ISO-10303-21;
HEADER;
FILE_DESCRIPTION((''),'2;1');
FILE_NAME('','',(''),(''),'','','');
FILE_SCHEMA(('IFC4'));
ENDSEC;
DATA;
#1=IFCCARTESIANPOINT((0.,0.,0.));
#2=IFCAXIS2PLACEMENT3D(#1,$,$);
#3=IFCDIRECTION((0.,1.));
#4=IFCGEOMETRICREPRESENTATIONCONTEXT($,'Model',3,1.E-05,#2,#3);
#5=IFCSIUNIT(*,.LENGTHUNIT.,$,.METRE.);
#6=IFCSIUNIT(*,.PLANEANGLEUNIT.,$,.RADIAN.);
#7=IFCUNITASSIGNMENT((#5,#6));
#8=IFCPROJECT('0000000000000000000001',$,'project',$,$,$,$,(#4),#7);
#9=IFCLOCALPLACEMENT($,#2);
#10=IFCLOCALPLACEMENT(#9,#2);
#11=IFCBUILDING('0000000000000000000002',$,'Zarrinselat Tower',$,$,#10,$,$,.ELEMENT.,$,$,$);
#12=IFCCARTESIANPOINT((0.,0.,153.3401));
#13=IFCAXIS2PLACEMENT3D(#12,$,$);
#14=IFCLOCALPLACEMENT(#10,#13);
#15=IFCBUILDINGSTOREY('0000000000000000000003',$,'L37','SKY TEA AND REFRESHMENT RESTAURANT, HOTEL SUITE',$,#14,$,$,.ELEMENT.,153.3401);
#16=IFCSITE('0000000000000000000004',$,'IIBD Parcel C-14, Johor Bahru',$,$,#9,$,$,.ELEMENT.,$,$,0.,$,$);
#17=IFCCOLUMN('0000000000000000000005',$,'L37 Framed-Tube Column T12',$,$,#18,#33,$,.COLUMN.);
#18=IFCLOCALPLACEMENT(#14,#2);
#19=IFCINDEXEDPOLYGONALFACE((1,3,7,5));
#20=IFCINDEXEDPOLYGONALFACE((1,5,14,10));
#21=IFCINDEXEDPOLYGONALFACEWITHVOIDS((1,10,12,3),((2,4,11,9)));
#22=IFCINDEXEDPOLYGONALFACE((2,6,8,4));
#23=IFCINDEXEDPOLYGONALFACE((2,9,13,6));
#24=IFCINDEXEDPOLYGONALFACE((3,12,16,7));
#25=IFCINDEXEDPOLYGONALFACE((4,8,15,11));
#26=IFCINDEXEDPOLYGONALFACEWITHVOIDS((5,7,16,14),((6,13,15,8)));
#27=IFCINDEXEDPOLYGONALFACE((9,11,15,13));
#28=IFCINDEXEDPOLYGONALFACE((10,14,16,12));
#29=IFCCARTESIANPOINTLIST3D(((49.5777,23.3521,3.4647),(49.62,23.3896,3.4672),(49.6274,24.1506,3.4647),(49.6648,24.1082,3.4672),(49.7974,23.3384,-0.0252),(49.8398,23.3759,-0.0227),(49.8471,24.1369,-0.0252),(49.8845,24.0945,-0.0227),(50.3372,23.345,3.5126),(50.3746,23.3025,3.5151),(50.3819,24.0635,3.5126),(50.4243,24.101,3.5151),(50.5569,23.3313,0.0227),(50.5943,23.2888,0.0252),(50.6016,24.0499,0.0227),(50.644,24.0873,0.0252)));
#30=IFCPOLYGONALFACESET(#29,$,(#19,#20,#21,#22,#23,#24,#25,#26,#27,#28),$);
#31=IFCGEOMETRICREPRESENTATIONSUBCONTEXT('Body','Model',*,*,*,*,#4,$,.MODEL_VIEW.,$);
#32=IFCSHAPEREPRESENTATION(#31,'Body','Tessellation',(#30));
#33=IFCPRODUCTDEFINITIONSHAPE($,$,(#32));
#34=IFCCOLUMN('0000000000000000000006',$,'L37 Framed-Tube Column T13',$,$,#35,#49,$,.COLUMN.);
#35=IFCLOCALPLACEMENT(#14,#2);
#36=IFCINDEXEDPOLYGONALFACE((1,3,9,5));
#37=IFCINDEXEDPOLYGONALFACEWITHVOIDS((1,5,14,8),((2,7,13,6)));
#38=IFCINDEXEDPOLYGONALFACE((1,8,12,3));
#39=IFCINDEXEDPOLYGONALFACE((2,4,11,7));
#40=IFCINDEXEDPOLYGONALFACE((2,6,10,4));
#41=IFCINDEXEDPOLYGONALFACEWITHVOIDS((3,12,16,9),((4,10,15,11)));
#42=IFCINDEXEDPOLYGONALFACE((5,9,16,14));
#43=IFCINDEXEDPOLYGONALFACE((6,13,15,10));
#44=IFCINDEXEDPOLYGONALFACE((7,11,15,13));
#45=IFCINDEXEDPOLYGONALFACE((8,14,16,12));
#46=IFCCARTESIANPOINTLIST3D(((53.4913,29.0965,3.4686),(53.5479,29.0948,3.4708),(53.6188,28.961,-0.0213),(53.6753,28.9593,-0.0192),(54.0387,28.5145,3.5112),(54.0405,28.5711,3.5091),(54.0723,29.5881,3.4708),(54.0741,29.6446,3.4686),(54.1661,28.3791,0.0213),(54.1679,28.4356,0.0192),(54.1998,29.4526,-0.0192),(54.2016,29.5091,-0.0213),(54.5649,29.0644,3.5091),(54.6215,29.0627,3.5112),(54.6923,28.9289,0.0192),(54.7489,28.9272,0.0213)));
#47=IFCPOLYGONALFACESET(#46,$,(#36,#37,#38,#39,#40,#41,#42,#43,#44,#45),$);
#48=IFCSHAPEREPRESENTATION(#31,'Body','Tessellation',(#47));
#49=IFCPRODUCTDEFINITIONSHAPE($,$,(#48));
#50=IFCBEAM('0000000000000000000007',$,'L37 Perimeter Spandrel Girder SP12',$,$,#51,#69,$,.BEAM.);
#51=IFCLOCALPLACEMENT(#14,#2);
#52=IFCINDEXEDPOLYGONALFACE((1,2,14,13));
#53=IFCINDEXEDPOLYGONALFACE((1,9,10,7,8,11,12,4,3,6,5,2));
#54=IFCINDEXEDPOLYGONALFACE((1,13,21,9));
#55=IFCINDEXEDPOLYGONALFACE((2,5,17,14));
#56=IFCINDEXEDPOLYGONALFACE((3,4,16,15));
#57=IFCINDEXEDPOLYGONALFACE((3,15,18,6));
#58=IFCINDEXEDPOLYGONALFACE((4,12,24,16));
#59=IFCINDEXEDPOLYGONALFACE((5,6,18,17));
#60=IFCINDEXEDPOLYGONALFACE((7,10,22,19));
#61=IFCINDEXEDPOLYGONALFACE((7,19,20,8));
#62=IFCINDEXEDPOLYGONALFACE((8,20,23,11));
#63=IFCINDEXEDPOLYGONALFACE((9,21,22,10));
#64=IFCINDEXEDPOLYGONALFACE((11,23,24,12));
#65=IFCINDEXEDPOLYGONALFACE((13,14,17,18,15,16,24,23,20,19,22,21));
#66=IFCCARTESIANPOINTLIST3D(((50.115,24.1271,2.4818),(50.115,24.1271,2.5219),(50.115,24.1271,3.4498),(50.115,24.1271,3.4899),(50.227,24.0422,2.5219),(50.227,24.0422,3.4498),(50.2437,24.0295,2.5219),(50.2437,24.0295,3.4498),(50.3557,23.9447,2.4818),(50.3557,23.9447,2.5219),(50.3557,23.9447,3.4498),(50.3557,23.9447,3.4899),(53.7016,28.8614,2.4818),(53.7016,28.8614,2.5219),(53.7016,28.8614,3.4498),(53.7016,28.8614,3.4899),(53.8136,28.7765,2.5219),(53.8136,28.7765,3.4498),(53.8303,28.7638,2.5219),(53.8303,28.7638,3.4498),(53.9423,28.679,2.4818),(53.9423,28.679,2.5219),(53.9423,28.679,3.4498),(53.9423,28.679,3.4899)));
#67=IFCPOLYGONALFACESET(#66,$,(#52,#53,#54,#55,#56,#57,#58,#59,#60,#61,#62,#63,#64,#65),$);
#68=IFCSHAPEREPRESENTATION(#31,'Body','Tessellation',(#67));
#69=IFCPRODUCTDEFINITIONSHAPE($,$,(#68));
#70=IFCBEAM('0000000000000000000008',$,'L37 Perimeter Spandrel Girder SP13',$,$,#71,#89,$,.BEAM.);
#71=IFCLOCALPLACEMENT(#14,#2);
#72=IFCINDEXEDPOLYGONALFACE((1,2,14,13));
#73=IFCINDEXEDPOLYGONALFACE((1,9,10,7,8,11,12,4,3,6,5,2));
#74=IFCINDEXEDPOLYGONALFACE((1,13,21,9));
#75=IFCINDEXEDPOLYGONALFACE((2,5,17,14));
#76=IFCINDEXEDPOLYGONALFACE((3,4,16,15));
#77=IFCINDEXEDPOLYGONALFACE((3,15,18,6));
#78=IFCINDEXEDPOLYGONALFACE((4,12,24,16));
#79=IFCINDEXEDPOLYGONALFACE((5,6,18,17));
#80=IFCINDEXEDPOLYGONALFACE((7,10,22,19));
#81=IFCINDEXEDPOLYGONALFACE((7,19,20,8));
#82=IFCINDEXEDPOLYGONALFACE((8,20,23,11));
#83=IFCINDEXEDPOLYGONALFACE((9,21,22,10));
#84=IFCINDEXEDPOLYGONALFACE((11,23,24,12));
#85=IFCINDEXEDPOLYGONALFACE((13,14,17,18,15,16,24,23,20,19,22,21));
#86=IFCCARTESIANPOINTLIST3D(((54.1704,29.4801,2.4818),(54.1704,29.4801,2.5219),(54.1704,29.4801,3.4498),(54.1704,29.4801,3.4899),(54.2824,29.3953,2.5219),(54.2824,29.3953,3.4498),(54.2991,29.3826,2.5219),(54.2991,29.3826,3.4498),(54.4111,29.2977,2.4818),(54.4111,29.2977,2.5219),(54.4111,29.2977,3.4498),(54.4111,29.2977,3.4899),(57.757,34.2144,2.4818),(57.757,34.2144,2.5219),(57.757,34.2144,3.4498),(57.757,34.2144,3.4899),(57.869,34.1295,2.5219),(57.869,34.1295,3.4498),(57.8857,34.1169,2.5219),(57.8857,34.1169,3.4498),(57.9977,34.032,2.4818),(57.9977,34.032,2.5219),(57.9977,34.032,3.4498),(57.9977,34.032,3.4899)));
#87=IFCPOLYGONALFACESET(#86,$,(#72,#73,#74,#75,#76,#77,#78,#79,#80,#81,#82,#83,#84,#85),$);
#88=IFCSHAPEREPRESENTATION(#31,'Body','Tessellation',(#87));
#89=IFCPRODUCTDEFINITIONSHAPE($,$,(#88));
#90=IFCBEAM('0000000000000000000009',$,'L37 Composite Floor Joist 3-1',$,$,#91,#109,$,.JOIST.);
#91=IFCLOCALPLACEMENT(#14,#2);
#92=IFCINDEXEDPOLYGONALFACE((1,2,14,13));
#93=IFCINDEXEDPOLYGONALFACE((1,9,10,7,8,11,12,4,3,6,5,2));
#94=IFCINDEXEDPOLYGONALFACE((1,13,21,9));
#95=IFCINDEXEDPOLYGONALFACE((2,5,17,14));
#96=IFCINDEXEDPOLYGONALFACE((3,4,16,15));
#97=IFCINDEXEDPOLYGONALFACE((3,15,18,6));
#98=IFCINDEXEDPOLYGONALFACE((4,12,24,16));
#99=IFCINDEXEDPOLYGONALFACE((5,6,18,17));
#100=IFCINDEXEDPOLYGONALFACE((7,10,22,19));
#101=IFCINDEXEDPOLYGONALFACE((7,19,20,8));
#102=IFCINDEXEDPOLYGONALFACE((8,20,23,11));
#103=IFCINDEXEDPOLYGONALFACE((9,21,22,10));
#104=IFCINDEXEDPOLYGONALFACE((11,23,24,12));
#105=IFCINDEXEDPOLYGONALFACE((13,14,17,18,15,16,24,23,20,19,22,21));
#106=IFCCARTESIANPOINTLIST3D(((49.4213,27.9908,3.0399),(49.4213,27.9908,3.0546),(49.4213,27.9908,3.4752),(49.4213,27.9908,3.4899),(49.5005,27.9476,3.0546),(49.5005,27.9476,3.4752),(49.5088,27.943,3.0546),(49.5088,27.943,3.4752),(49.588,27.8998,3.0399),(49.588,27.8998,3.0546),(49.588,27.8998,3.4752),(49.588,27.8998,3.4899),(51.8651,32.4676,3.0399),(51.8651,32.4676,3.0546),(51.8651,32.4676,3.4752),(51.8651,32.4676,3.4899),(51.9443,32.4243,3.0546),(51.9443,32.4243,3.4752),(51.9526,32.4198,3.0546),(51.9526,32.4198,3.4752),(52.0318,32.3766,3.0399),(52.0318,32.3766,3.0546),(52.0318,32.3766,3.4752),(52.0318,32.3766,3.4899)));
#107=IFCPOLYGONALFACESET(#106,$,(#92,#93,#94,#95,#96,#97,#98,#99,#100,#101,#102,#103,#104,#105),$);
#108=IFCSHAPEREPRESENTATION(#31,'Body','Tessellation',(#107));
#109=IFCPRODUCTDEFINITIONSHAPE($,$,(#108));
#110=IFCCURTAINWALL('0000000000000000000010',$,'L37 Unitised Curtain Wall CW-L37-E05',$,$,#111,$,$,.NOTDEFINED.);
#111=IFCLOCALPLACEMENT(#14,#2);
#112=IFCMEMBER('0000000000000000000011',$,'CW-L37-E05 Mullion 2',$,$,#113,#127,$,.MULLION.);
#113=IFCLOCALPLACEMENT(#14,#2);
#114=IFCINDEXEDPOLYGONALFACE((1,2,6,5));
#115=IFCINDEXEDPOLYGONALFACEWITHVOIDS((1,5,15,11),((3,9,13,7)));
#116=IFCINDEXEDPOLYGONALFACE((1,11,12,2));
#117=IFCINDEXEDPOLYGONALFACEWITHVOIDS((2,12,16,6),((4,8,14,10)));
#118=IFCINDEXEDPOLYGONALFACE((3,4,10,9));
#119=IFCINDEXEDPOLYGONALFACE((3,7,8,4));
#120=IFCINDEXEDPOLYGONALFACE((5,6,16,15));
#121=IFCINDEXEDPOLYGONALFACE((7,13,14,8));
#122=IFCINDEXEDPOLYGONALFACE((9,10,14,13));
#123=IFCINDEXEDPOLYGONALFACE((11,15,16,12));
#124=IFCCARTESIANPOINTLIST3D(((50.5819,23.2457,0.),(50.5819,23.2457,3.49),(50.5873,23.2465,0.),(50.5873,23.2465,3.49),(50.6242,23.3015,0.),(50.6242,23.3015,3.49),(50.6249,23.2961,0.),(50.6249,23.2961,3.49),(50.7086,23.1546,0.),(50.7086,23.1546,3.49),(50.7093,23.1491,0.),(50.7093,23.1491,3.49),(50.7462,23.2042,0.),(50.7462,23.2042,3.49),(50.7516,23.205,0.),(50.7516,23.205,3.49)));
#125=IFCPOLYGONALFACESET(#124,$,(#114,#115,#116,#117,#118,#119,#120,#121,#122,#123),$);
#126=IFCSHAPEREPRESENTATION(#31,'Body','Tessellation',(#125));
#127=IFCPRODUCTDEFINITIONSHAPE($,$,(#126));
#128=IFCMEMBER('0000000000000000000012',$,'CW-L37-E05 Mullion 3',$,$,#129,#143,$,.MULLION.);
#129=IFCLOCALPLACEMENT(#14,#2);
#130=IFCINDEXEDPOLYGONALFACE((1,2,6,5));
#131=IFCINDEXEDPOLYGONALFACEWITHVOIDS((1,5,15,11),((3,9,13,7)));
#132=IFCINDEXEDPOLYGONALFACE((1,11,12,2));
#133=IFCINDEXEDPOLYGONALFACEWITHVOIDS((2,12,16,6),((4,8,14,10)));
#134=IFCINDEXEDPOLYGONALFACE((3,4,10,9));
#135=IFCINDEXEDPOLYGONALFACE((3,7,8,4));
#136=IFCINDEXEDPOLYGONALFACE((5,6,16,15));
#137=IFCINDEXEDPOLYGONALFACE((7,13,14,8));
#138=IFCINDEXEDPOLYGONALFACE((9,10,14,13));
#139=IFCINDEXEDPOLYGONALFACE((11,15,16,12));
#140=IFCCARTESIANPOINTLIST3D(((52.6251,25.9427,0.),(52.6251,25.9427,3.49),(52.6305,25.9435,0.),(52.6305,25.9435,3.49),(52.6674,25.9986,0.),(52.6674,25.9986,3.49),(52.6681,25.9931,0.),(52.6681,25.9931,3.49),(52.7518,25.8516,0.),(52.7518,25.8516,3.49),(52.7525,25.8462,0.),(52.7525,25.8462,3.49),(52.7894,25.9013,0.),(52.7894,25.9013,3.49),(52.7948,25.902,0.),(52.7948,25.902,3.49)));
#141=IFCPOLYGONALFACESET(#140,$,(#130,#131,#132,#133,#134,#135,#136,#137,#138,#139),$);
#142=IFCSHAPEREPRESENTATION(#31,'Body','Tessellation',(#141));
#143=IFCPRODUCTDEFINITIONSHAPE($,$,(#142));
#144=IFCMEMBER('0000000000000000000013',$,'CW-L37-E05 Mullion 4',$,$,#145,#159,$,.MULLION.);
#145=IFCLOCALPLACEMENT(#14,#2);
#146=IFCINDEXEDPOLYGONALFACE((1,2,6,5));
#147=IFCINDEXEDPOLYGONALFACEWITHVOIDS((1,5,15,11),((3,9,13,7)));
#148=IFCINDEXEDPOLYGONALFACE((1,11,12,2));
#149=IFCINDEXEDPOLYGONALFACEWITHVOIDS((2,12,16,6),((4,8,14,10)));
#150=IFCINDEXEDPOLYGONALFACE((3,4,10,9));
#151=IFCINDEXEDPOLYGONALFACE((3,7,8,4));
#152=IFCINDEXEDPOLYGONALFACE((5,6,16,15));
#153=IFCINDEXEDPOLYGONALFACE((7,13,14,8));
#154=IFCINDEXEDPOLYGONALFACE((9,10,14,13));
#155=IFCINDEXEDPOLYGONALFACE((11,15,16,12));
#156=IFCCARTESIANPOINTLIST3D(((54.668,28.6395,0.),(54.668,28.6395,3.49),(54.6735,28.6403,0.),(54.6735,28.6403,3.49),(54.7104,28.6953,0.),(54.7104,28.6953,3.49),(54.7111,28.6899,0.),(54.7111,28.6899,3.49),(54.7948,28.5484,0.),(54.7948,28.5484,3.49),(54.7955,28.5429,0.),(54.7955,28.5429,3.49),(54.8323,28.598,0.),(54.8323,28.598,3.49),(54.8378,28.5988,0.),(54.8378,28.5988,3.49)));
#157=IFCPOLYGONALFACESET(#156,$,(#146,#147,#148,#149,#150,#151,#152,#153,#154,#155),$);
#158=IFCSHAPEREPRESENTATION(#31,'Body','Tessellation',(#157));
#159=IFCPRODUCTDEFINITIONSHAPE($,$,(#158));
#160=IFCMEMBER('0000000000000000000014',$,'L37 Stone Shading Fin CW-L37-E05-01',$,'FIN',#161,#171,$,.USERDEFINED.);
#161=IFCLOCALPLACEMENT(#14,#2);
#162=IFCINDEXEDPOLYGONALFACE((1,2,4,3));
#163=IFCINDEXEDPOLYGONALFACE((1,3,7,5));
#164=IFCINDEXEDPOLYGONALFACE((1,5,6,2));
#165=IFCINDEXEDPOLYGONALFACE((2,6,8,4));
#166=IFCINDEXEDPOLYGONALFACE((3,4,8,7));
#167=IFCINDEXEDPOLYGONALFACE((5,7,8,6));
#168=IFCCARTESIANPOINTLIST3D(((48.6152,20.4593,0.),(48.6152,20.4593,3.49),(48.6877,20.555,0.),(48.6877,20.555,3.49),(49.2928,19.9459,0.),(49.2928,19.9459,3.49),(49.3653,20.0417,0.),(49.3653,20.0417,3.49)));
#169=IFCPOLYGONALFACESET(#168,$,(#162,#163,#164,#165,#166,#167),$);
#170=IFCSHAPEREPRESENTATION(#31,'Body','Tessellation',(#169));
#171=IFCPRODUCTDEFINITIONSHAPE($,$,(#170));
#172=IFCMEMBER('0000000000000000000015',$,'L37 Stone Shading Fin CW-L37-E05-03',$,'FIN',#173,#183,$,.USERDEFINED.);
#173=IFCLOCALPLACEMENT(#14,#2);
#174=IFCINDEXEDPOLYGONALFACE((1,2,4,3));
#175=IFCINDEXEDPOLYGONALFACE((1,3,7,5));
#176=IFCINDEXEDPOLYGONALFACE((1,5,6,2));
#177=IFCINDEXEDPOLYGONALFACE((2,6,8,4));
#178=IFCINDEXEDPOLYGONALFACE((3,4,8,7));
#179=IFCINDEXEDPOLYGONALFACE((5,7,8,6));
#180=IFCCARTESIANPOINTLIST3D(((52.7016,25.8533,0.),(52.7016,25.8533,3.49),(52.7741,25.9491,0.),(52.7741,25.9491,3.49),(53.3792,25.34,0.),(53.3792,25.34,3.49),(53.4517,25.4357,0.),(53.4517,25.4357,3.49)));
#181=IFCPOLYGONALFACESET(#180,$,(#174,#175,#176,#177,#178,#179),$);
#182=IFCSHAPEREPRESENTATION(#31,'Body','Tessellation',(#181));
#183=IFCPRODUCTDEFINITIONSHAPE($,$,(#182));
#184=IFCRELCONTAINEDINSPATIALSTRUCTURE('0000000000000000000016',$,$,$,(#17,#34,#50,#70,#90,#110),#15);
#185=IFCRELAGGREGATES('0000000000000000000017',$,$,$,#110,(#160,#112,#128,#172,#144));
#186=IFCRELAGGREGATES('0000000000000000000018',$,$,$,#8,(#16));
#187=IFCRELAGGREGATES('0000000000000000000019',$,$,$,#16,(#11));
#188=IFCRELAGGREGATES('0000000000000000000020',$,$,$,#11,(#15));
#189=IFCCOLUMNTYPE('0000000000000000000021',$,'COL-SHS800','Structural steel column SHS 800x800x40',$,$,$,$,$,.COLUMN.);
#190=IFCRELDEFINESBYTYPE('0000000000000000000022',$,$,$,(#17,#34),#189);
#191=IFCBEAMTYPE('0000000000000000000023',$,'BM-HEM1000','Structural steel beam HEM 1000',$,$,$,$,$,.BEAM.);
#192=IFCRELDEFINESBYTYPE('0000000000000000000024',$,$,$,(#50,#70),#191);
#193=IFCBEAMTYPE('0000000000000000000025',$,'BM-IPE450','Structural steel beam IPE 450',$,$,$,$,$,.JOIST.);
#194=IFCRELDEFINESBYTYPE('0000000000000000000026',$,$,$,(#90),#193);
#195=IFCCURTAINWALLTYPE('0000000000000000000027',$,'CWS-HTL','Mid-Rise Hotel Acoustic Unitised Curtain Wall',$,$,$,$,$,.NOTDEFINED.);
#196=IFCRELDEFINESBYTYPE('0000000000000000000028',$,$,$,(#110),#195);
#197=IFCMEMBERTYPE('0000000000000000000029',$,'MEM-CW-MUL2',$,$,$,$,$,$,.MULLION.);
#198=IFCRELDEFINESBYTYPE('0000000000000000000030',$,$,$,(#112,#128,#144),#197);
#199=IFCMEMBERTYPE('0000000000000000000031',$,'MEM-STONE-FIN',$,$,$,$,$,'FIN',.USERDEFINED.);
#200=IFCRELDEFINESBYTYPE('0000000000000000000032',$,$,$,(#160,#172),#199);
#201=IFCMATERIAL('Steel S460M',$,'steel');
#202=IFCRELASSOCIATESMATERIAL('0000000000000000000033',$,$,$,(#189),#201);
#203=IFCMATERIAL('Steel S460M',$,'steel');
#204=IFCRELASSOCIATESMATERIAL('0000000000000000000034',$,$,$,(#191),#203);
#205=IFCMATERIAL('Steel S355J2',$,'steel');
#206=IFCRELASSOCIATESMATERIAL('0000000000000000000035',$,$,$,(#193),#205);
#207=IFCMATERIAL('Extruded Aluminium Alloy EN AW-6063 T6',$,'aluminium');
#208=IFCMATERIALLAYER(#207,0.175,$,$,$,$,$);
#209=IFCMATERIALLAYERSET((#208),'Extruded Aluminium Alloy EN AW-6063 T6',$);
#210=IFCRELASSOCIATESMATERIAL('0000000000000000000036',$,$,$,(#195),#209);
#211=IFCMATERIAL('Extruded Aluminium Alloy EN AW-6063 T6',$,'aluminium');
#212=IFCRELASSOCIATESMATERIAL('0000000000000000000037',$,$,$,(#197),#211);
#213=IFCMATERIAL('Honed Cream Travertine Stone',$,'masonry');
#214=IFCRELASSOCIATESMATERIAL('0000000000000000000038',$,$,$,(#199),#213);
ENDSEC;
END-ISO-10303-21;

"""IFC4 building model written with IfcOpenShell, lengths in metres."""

from ifc_helpers import new_model, si_unit, direction, frame, origin, origin_2d, place, context, subcontext, project, spatial, rectangle, hollow_rectangle, i_section, extrude, material, layer, layer_set, material_profile, profile_set, type_object, element, aggregate, save


model = new_model("IFC4")

# Units and contexts
model_context = context("Model", 3, precision=1e-05, world=origin(), true_north=direction((0.0, 1.0)))
body_context = subcontext(model_context, "Body", "Model", "MODEL_VIEW")
ifc_project = project(units=[si_unit("LENGTHUNIT", "METRE"), si_unit("PLANEANGLEUNIT", "RADIAN")], contexts=[model_context])

# Site, building, storey
site_placement = place(None, origin())
site = spatial("IfcSite", under=ifc_project, at=site_placement, Name="IIBD Parcel C-14, Johor Bahru", CompositionType="ELEMENT", RefElevation=0.0)
building_placement = place(site_placement, origin())
building = spatial("IfcBuilding", under=site, at=building_placement, Name="Zarrinselat Tower", CompositionType="ELEMENT")
storey_placement = place(building_placement, frame((0.0, 0.0, 153.3401)))
storey = spatial("IfcBuildingStorey", under=building, at=storey_placement, Name="L37", Description="SKY TEA AND REFRESHMENT RESTAURANT, HOTEL SUITE", CompositionType="ELEMENT", Elevation=153.3401)

# Columns
ifc_material_1 = material(Name="Steel S460M", Category="steel")
ifc_material_profile_1 = material_profile(ifc_material_1, hollow_rectangle(XDim=0.8, YDim=0.8, WallThickness=0.04, at=origin_2d()), Name="SHS 800x800x40")
ifc_profile_set_1 = profile_set([ifc_material_profile_1], Name="Steel S460M")
column_type = type_object("IfcColumnType", Name="COL-SHS800", Description="Structural steel column SHS 800x800x40", PredefinedType="COLUMN", material=ifc_profile_set_1)
column_1_placement = place(storey_placement, frame((50.2207, 23.7129, 0.0), z_axis=(-0.062834, 0.00391, 0.998016), x_axis=(-0.062102, -0.99807, 0.0)))
element("IfcColumn", 1, at=column_1_placement, inside=storey, type_object=column_type, Name="L37 Framed-Tube Column T12", PredefinedType="COLUMN", context=body_context, shape_type="SweptSolid", body=[
    extrude(hollow_rectangle(XDim=0.8, YDim=0.8, WallThickness=0.04, at=origin_2d()), origin(), (0.0, 0.0, 1.0), 3.4968),
])
column_2_placement = place(storey_placement, frame((54.1838, 28.9441, 0.0), z_axis=(-0.036465, 0.03877, 0.998583), x_axis=(-0.728431, -0.685119, 0.0)))
element("IfcColumn", 2, at=column_2_placement, inside=storey, type_object=column_type, Name="L37 Framed-Tube Column T13", PredefinedType="COLUMN", context=body_context, shape_type="SweptSolid", body=[
    extrude(hollow_rectangle(XDim=0.8, YDim=0.8, WallThickness=0.04, at=origin_2d()), origin(), (0.0, 0.0, 1.0), 3.4949),
])

# Beams
ifc_material_2 = material(Name="Steel S460M", Category="steel")
ifc_material_profile_2 = material_profile(ifc_material_2, i_section(OverallWidth=0.302, OverallDepth=1.0081, WebThickness=0.021, FlangeThickness=0.04, at=origin_2d()), Name="HEM 1000")
ifc_profile_set_2 = profile_set([ifc_material_profile_2], Name="Steel S460M")
beam_type_1 = type_object("IfcBeamType", Name="BM-HEM1000", Description="Structural steel beam HEM 1000", PredefinedType="BEAM", material=ifc_profile_set_2)
for number, where, z_axis, x_axis, name in (
    (3, (50.2354, 24.0359, 2.9858), (0.60386, 0.79709, 0.0), (-0.79709, 0.60386, 0.0), "L37 Perimeter Spandrel Girder SP12"),
    (4, (54.2908, 29.3889, 2.9858), (0.60386, 0.79709, 0.0), (-0.79709, 0.60386, 0.0), "L37 Perimeter Spandrel Girder SP13"),
):
    element("IfcBeam", number, at=place(storey_placement, frame(where, z_axis=z_axis, x_axis=x_axis)), inside=storey, type_object=beam_type_1, Name=name, PredefinedType="BEAM", context=body_context, shape_type="SweptSolid", body=[
        extrude(i_section(OverallWidth=0.302, OverallDepth=1.0081, WebThickness=0.021, FlangeThickness=0.04, at=origin_2d()), origin(), (0.0, 0.0, 1.0), 5.9395),
    ])
ifc_material_3 = material(Name="Steel S355J2", Category="steel")
ifc_material_profile_3 = material_profile(ifc_material_3, i_section(OverallWidth=0.1899, OverallDepth=0.45, WebThickness=0.0095, FlangeThickness=0.0146, at=origin_2d()), Name="IPE 450")
ifc_profile_set_3 = profile_set([ifc_material_profile_3], Name="Steel S355J2")
beam_type_2 = type_object("IfcBeamType", Name="BM-IPE450", Description="Structural steel beam IPE 450", PredefinedType="JOIST", material=ifc_profile_set_3)
beam_placement = place(storey_placement, frame((49.5046, 27.9453, 3.2649), z_axis=(0.479147, 0.877735, 0.0), x_axis=(-0.877735, 0.479147, 0.0)))
element("IfcBeam", 5, at=beam_placement, inside=storey, type_object=beam_type_2, Name="L37 Composite Floor Joist 3-1", PredefinedType="JOIST", context=body_context, shape_type="SweptSolid", body=[
    extrude(i_section(OverallWidth=0.1899, OverallDepth=0.45, WebThickness=0.0095, FlangeThickness=0.0146, at=origin_2d()), origin(), (0.0, 0.0, 1.0), 5.1003),
])

# Curtain wall, members
ifc_material_4 = material(Name="Extruded Aluminium Alloy EN AW-6063 T6", Category="aluminium")
ifc_layer_1 = layer(ifc_material_4, 0.175)
ifc_layer_set_1 = layer_set([ifc_layer_1], Name="Extruded Aluminium Alloy EN AW-6063 T6")
curtain_wall_type = type_object("IfcCurtainWallType", Name="CWS-HTL", Description="Mid-Rise Hotel Acoustic Unitised Curtain Wall", PredefinedType="NOTDEFINED", material=ifc_layer_set_1)
curtain_wall_placement = place(storey_placement, origin())
curtain_wall = element("IfcCurtainWall", 6, at=curtain_wall_placement, inside=storey, type_object=curtain_wall_type, Name="L37 Unitised Curtain Wall CW-L37-E05", PredefinedType="NOTDEFINED")
ifc_material_5 = material(Name="Extruded Aluminium Alloy EN AW-6063 T6", Category="aluminium")
ifc_material_profile_4 = material_profile(ifc_material_5, hollow_rectangle(XDim=0.0701, YDim=0.1599, WallThickness=0.0039, at=origin_2d()), Name="RHS 160x70x4")
ifc_profile_set_4 = profile_set([ifc_material_profile_4], Name="Extruded Aluminium Alloy EN AW-6063 T6")
member_type_1 = type_object("IfcMemberType", Name="MEM-CW-MUL2", PredefinedType="MULLION", material=ifc_profile_set_4)
member_1_placement = place(storey_placement, frame((50.6667, 23.2253, 0.0), z_axis=(0.0, 0.0, 1.0), x_axis=(0.603858, 0.797092, 0.0)))
member_1 = element("IfcMember", 7, at=member_1_placement, type_object=member_type_1, Name="CW-L37-E05 Mullion 2", PredefinedType="MULLION", context=body_context, shape_type="SweptSolid", body=[
    extrude(hollow_rectangle(XDim=0.0701, YDim=0.1599, WallThickness=0.0039, at=origin_2d()), origin(), (0.0, 0.0, 1.0), 3.49),
])
member_2_placement = place(storey_placement, frame((52.71, 25.9224, 0.0), z_axis=(0.0, 0.0, 1.0), x_axis=(0.603858, 0.797092, 0.0)))
member_2 = element("IfcMember", 8, at=member_2_placement, type_object=member_type_1, Name="CW-L37-E05 Mullion 3", PredefinedType="MULLION", context=body_context, shape_type="SweptSolid", body=[
    extrude(hollow_rectangle(XDim=0.0701, YDim=0.1599, WallThickness=0.0039, at=origin_2d()), origin(), (0.0, 0.0, 1.0), 3.49),
])
member_3_placement = place(storey_placement, frame((54.7529, 28.6191, 0.0), z_axis=(0.0, 0.0, 1.0), x_axis=(0.603858, 0.797092, 0.0)))
member_3 = element("IfcMember", 9, at=member_3_placement, type_object=member_type_1, Name="CW-L37-E05 Mullion 4", PredefinedType="MULLION", context=body_context, shape_type="SweptSolid", body=[
    extrude(hollow_rectangle(XDim=0.0701, YDim=0.1599, WallThickness=0.0039, at=origin_2d()), origin(), (0.0, 0.0, 1.0), 3.49),
])
ifc_material_6 = material(Name="Honed Cream Travertine Stone", Category="masonry")
ifc_material_profile_5 = material_profile(ifc_material_6, rectangle(XDim=0.1201, YDim=0.8501, at=origin_2d()), Name="FIN 850x120")
ifc_profile_set_5 = profile_set([ifc_material_profile_5], Name="Honed Cream Travertine Stone")
member_type_2 = type_object("IfcMemberType", Name="MEM-STONE-FIN", ElementType="FIN", PredefinedType="USERDEFINED", material=ifc_profile_set_5)
member_4_placement = place(storey_placement, frame((48.9902, 20.2505, 0.0), z_axis=(0.0, 0.0, 1.0), x_axis=(-0.603858, -0.797092, 0.0)))
member_4 = element("IfcMember", 10, at=member_4_placement, type_object=member_type_2, Name="L37 Stone Shading Fin CW-L37-E05-01", ObjectType="FIN", PredefinedType="USERDEFINED", context=body_context, shape_type="SweptSolid", body=[
    extrude(rectangle(XDim=0.1201, YDim=0.8501, at=origin_2d()), origin(), (0.0, 0.0, 1.0), 3.49),
])
member_5_placement = place(storey_placement, frame((53.0767, 25.6445, 0.0), z_axis=(0.0, 0.0, 1.0), x_axis=(-0.603858, -0.797092, 0.0)))
member_5 = element("IfcMember", 11, at=member_5_placement, type_object=member_type_2, Name="L37 Stone Shading Fin CW-L37-E05-03", ObjectType="FIN", PredefinedType="USERDEFINED", context=body_context, shape_type="SweptSolid", body=[
    extrude(rectangle(XDim=0.1201, YDim=0.8501, at=origin_2d()), origin(), (0.0, 0.0, 1.0), 3.49),
])
aggregate(curtain_wall, [member_4, member_1, member_2, member_5, member_3])

save(model, "model.ifc")
